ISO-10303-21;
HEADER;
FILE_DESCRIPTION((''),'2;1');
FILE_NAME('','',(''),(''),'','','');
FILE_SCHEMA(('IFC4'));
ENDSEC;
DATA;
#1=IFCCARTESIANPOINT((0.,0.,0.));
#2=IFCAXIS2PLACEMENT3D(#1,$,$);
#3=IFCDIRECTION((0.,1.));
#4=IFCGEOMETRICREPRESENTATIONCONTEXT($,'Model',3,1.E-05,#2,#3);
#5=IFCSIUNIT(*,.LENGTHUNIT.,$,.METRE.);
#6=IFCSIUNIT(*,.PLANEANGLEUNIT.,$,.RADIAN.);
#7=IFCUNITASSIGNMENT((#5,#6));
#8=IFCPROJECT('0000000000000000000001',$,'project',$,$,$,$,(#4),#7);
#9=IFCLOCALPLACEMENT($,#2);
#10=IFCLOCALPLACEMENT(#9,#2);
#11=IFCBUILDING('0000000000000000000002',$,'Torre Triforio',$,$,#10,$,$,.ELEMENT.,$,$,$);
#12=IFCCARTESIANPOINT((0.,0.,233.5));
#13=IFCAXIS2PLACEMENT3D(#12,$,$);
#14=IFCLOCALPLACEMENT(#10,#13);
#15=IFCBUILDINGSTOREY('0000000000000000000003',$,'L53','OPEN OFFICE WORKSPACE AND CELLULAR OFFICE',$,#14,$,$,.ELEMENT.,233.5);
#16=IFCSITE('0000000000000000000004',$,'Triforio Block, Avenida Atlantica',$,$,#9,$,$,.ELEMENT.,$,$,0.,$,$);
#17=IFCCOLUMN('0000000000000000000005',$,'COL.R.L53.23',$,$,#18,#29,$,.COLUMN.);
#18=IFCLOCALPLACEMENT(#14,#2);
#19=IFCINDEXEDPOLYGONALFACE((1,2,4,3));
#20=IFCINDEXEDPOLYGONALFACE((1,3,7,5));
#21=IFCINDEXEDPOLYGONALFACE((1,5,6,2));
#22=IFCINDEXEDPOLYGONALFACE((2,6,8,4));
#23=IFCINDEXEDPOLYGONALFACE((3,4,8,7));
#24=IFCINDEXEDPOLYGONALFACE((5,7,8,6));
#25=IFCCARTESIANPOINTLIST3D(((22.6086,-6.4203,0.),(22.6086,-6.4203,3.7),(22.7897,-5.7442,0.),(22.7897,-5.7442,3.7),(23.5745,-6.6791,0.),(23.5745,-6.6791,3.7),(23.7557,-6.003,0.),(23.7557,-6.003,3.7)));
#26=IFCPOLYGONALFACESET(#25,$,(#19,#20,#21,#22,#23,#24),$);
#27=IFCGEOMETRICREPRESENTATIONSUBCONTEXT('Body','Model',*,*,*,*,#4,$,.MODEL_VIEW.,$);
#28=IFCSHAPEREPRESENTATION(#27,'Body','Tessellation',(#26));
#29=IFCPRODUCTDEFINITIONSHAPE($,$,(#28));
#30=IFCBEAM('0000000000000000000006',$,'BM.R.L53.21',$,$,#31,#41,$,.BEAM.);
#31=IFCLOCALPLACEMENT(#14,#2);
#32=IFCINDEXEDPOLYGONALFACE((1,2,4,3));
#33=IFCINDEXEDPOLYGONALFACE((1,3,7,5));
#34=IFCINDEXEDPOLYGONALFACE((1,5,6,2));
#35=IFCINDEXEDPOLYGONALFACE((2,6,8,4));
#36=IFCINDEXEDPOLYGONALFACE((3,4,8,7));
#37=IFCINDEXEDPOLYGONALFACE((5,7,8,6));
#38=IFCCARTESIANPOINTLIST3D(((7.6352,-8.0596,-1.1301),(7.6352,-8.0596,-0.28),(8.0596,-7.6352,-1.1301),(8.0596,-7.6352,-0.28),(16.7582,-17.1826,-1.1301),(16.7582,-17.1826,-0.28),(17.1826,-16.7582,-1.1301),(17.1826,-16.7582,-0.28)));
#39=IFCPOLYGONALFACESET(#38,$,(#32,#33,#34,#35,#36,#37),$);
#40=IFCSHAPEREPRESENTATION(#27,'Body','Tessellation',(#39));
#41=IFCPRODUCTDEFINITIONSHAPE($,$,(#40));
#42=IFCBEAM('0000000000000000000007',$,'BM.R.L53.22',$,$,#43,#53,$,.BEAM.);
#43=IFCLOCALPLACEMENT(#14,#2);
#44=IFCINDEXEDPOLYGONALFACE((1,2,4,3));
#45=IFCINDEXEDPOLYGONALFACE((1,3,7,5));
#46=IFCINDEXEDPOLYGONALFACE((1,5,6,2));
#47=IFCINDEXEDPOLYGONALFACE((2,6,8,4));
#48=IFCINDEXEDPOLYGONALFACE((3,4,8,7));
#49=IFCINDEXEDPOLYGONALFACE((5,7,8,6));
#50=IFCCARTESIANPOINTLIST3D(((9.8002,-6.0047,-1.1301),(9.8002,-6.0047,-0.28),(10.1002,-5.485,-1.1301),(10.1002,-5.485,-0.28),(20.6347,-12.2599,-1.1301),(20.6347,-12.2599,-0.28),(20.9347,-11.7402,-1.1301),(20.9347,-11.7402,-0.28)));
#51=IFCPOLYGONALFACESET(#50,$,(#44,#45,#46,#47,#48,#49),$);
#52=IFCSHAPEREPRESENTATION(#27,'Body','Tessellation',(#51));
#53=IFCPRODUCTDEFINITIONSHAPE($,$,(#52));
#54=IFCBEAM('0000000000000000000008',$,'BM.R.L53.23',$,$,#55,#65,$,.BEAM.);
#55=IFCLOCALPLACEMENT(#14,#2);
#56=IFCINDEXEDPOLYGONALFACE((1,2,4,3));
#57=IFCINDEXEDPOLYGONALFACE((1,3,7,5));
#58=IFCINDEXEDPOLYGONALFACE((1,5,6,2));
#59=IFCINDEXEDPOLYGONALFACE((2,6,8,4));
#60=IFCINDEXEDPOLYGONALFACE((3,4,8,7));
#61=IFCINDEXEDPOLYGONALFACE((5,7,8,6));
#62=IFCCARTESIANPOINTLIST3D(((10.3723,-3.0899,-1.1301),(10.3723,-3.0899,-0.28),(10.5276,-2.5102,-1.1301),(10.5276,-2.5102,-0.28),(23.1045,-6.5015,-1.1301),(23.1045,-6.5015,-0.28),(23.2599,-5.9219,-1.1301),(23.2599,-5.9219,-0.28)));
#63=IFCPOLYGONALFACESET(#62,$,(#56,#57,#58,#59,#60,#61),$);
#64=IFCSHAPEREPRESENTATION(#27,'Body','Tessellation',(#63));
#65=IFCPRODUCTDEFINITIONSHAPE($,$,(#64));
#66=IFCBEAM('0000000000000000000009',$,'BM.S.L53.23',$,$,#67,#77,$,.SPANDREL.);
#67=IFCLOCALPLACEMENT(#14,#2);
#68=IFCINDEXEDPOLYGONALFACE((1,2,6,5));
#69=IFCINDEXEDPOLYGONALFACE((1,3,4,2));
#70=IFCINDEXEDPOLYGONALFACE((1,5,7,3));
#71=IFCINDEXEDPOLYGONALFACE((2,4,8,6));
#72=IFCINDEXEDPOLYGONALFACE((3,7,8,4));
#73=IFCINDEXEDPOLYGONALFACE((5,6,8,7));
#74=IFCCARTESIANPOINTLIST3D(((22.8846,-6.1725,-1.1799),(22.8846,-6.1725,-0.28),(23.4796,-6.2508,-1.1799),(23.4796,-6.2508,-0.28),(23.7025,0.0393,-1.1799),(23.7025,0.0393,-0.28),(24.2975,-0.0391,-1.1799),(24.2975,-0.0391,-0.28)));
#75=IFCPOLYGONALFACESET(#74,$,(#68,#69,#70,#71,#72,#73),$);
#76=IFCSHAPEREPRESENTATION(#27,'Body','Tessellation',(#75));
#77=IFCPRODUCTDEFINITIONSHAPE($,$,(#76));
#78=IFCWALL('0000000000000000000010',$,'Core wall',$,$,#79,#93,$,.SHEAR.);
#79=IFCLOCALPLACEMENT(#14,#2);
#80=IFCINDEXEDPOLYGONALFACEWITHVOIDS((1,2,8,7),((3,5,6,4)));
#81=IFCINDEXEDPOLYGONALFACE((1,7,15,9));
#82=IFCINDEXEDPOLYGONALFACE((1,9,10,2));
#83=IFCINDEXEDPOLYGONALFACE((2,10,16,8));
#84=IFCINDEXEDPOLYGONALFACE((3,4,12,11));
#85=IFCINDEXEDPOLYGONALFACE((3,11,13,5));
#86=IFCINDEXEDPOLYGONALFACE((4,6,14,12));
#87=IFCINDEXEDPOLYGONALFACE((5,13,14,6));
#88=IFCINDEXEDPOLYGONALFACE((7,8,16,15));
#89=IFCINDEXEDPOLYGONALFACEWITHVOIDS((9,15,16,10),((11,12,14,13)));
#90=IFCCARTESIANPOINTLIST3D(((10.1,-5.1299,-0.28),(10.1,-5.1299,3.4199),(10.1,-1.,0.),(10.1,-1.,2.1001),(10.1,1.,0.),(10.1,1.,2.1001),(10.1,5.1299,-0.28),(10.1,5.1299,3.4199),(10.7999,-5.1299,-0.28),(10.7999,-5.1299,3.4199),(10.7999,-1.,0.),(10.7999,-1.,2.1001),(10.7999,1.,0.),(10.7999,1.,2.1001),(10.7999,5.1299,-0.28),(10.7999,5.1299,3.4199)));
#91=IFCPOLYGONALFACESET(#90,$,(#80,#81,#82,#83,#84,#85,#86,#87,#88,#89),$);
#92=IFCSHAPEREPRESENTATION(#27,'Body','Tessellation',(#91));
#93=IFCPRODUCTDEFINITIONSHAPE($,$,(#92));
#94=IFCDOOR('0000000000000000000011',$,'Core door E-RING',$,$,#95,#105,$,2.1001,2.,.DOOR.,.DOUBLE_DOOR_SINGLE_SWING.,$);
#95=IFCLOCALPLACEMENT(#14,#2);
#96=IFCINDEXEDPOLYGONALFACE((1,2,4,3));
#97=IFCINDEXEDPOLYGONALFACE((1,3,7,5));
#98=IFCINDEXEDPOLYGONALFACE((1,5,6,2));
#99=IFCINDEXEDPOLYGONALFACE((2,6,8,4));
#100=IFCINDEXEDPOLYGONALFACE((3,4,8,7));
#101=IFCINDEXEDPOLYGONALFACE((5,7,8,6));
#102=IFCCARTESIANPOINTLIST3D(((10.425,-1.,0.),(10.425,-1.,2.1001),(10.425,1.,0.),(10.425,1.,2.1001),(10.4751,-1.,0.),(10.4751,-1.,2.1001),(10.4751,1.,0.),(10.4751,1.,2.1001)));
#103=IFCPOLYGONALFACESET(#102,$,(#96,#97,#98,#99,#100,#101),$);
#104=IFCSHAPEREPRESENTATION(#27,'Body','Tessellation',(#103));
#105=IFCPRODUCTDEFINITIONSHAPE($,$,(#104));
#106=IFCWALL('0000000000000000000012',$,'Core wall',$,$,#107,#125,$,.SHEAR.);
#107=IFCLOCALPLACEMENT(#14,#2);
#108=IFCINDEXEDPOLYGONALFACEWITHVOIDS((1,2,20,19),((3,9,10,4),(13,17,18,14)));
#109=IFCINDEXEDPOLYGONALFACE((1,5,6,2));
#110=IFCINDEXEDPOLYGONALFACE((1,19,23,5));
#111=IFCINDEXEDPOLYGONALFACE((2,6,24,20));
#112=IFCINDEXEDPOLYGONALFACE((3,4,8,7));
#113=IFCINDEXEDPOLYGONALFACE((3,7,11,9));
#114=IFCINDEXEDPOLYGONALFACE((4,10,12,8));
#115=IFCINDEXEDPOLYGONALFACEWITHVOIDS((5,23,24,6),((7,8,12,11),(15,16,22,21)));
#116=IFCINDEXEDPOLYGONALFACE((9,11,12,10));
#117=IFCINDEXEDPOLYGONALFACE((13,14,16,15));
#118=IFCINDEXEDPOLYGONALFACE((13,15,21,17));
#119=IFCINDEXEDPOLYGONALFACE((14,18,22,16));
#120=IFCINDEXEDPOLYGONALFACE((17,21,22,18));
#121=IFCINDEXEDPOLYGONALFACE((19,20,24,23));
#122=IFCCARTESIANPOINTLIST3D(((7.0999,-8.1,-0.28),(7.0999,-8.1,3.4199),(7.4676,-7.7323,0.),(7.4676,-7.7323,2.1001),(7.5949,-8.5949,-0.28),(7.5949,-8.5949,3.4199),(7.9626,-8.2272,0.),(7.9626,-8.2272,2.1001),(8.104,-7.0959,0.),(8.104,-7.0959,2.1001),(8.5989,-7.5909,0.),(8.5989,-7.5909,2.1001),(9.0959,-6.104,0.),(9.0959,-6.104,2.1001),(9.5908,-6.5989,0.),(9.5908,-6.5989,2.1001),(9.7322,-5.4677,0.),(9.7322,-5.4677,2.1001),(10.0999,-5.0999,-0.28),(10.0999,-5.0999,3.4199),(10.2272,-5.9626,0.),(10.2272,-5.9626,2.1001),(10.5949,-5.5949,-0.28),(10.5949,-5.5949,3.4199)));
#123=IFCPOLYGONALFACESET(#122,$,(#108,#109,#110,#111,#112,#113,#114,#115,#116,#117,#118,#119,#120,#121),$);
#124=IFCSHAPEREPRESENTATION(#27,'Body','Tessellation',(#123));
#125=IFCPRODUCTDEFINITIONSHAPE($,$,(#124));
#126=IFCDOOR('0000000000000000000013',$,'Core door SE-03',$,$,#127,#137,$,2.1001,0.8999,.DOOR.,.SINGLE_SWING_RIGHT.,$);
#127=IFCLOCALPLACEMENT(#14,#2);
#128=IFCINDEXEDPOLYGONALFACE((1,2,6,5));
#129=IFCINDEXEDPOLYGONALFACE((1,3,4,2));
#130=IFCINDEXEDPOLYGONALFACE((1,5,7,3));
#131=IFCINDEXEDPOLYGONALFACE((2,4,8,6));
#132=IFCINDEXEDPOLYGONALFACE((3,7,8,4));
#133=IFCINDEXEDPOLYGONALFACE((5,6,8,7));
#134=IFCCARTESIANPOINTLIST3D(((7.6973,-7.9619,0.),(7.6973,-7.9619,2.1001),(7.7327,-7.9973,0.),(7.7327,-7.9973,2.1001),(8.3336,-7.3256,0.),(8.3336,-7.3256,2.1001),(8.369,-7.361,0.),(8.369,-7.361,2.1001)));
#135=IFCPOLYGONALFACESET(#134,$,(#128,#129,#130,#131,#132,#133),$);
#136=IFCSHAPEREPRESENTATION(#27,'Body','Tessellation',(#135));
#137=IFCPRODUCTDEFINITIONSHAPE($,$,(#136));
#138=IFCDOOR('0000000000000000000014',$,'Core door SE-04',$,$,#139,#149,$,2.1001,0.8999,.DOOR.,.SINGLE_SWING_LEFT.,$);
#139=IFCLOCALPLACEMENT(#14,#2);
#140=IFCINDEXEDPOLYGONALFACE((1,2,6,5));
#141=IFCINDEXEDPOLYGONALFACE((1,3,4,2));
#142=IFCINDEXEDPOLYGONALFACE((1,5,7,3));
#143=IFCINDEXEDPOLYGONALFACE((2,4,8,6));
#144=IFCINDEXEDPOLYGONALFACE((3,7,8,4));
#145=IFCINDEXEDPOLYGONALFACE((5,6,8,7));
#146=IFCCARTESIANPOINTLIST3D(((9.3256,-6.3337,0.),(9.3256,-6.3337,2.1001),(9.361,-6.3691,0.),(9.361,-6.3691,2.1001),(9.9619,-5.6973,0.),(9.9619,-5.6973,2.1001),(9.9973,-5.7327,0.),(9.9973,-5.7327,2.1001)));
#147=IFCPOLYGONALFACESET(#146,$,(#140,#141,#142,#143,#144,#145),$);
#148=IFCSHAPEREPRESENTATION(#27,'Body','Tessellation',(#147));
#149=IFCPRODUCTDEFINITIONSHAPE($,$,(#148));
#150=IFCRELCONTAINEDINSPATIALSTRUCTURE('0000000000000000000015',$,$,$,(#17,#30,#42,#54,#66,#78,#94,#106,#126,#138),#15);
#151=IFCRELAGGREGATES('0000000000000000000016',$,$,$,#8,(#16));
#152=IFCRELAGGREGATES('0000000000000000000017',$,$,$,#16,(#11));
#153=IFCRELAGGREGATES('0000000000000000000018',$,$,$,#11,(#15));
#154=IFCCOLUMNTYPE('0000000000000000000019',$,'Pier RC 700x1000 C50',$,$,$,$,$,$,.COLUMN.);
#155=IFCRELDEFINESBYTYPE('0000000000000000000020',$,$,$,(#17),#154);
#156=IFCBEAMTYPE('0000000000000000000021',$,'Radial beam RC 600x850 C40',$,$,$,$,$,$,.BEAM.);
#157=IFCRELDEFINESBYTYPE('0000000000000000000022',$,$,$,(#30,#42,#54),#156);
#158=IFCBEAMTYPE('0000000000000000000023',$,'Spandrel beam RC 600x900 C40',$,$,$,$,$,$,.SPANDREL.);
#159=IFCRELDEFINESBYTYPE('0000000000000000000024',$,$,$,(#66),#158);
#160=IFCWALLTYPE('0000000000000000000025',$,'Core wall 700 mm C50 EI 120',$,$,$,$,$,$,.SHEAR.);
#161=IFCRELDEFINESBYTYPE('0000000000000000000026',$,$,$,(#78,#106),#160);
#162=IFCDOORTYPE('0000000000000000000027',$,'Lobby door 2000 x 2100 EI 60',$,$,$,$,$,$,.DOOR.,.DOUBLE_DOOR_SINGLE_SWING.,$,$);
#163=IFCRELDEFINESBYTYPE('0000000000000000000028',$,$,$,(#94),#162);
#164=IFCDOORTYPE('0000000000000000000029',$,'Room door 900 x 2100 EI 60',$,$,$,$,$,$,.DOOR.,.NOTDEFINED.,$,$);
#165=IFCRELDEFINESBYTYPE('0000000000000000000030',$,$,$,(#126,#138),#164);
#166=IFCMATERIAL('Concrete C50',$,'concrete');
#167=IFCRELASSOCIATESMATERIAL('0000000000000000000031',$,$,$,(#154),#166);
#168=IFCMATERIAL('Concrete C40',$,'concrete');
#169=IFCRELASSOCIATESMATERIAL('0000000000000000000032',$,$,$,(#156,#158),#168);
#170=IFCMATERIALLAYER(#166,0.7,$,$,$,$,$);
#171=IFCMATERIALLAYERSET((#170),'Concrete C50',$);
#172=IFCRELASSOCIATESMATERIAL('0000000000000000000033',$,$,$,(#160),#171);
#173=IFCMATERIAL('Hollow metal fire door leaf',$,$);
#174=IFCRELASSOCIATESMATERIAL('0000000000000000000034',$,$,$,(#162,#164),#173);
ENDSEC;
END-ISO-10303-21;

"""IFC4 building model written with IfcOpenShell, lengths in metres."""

from ifc_helpers import new_model, si_unit, direction, frame, frame_2d, origin, origin_2d, place, context, subcontext, project, spatial, rectangle, extrude, material, layer, layer_set, material_profile, profile_set, type_object, element, fill, save


model = new_model("IFC4")

# Units and contexts
model_context = context("Model", 3, precision=1e-05, world=origin(), true_north=direction((0.0, 1.0)))
body_context = subcontext(model_context, "Body", "Model", "MODEL_VIEW")
ifc_project = project(units=[si_unit("LENGTHUNIT", "METRE"), si_unit("PLANEANGLEUNIT", "RADIAN")], contexts=[model_context])

# Site, building, storey
site_placement = place(None, origin())
site = spatial("IfcSite", under=ifc_project, at=site_placement, Name="Triforio Block, Avenida Atlantica", CompositionType="ELEMENT", RefElevation=0.0)
building_placement = place(site_placement, origin())
building = spatial("IfcBuilding", under=site, at=building_placement, Name="Torre Triforio", CompositionType="ELEMENT")
storey_placement = place(building_placement, frame((0.0, 0.0, 233.5)))
storey = spatial("IfcBuildingStorey", under=building, at=storey_placement, Name="L53", Description="OPEN OFFICE WORKSPACE AND CELLULAR OFFICE", CompositionType="ELEMENT", Elevation=233.5)

# Column
ifc_material_1 = material(Name="Concrete C50", Category="concrete")
ifc_material_profile_1 = material_profile(ifc_material_1, rectangle(XDim=0.7, YDim=1.0, at=origin_2d()), Name="RC 700x1000")
ifc_profile_set_1 = profile_set([ifc_material_profile_1], Name="Concrete C50")
column_type = type_object("IfcColumnType", Name="Pier RC 700x1000 C50", PredefinedType="COLUMN", material=ifc_profile_set_1)
column_placement = place(storey_placement, frame((23.1821, -6.2117, 0.0), z_axis=(0.0, 0.0, 1.0), x_axis=(0.258819, 0.965926, 0.0)))
element("IfcColumn", 1, at=column_placement, inside=storey, type_object=column_type, Name="COL.R.L53.23", PredefinedType="COLUMN", context=body_context, shape_type="SweptSolid", body=[
    extrude(rectangle(XDim=0.7, YDim=1.0, at=origin_2d()), origin(), (0.0, 0.0, 1.0), 3.7),
])

# Beams
ifc_material_2 = material(Name="Concrete C40", Category="concrete")
ifc_material_profile_2 = material_profile(ifc_material_2, rectangle(XDim=0.6001, YDim=0.8501, at=origin_2d()), Name="RC 600x850")
ifc_profile_set_2 = profile_set([ifc_material_profile_2], Name="Concrete C40")
beam_type_1 = type_object("IfcBeamType", Name="Radial beam RC 600x850 C40", PredefinedType="BEAM", material=ifc_profile_set_2)
beam_1_placement = place(storey_placement, frame((7.8474, -7.8474, -0.7051), z_axis=(0.707107, -0.707107, 0.0), x_axis=(0.707107, 0.707107, 0.0)))
element("IfcBeam", 2, at=beam_1_placement, inside=storey, type_object=beam_type_1, Name="BM.R.L53.21", PredefinedType="BEAM", context=body_context, shape_type="SweptSolid", body=[
    extrude(rectangle(XDim=0.6001, YDim=0.8501, at=origin_2d()), origin(), (0.0, 0.0, 1.0), 12.9019),
])
beam_2_placement = place(storey_placement, frame((9.9502, -5.7449, -0.7051), z_axis=(0.866031, -0.49999, 0.0), x_axis=(0.49999, 0.866031, 0.0)))
element("IfcBeam", 3, at=beam_2_placement, inside=storey, type_object=beam_type_1, Name="BM.R.L53.22", PredefinedType="BEAM", context=body_context, shape_type="SweptSolid", body=[
    extrude(rectangle(XDim=0.6001, YDim=0.8501, at=origin_2d()), origin(), (0.0, 0.0, 1.0), 12.5105),
])
beam_3_placement = place(storey_placement, frame((10.45, -2.8, -0.7051), z_axis=(0.965925, -0.258822, 0.0), x_axis=(0.258822, 0.965925, 0.0)))
element("IfcBeam", 4, at=beam_3_placement, inside=storey, type_object=beam_type_1, Name="BM.R.L53.23", PredefinedType="BEAM", context=body_context, shape_type="SweptSolid", body=[
    extrude(rectangle(XDim=0.6001, YDim=0.8501, at=origin_2d()), origin(), (0.0, 0.0, 1.0), 13.1814),
])
ifc_material_profile_3 = material_profile(ifc_material_2, rectangle(XDim=0.6001, YDim=0.8999, at=origin_2d()), Name="RC 600x900")
ifc_profile_set_3 = profile_set([ifc_material_profile_3], Name="Concrete C40")
beam_type_2 = type_object("IfcBeamType", Name="Spandrel beam RC 600x900 C40", PredefinedType="SPANDREL", material=ifc_profile_set_3)
beam_4_placement = place(storey_placement, frame((23.1821, -6.2117, -0.73), z_axis=(0.13054, 0.991443, 0.0), x_axis=(-0.991443, 0.13054, 0.0)))
element("IfcBeam", 5, at=beam_4_placement, inside=storey, type_object=beam_type_2, Name="BM.S.L53.23", PredefinedType="SPANDREL", context=body_context, shape_type="SweptSolid", body=[
    extrude(rectangle(XDim=0.6001, YDim=0.8999, at=origin_2d()), origin(), (0.0, 0.0, 1.0), 6.2654),
])

# Wall, opening, door
ifc_layer_1 = layer(ifc_material_1, 0.7)
ifc_layer_set_1 = layer_set([ifc_layer_1], Name="Concrete C50")
wall_type_1 = type_object("IfcWallType", Name="Core wall 700 mm C50 EI 120", PredefinedType="SHEAR", material=ifc_layer_set_1)
wall_1_placement = place(storey_placement, frame((10.45, -5.1299, -0.28), z_axis=(0.0, 0.0, 1.0), x_axis=(0.0, 1.0, 0.0)))
wall_1 = element("IfcWall", 6, at=wall_1_placement, inside=storey, type_object=wall_type_1, Name="Core wall", PredefinedType="SHEAR", context=body_context, shape_type="SweptSolid", body=[
    extrude(rectangle(XDim=10.2598, YDim=0.7, at=frame_2d((5.1299, 0.0))), origin(), (0.0, 0.0, 1.0), 3.7),
])
opening_1_placement = place(wall_1_placement, frame((4.1299, 0.0, 0.28)))
opening_1 = element("IfcOpeningElement", 7, at=opening_1_placement, cuts=wall_1, PredefinedType="OPENING", context=body_context, shape_type="SweptSolid", body=[
    extrude(rectangle(XDim=2.0, YDim=2.1001, at=frame_2d((1.0, 1.05))), frame((0.0, 0.3599, 0.0), z_axis=(0.0, -1.0, 0.0), x_axis=(1.0, 0.0, 0.0)), (0.0, 0.0, 1.0), 0.72),
])
ifc_material_3 = material(Name="Hollow metal fire door leaf")
door_type_1 = type_object("IfcDoorType", Name="Lobby door 2000 x 2100 EI 60", OperationType="DOUBLE_DOOR_SINGLE_SWING", PredefinedType="DOOR", material=ifc_material_3)
door_1_placement = place(opening_1_placement, origin())
door_1 = element("IfcDoor", 8, at=door_1_placement, inside=storey, type_object=door_type_1, Name="Core door E-RING", OperationType="DOUBLE_DOOR_SINGLE_SWING", OverallHeight=2.1001, OverallWidth=2.0, PredefinedType="DOOR", context=body_context, shape_type="SweptSolid", body=[
    extrude(rectangle(XDim=2.0, YDim=2.1001, at=frame_2d((1.0, 1.05))), frame((0.0, 0.0249, 0.0), z_axis=(0.0, -1.0, 0.0), x_axis=(1.0, 0.0, 0.0)), (0.0, 0.0, 1.0), 0.05),
])
fill(opening_1, door_1)

# Wall, openings, doors
wall_2_placement = place(storey_placement, frame((10.3474, -5.3474, -0.28), z_axis=(0.0, 0.0, 1.0), x_axis=(-0.707107, -0.707107, 0.0)))
wall_2 = element("IfcWall", 9, at=wall_2_placement, inside=storey, type_object=wall_type_1, Name="Core wall", PredefinedType="SHEAR", context=body_context, shape_type="SweptSolid", body=[
    extrude(rectangle(XDim=4.2427, YDim=0.7, at=frame_2d((2.1213, 0.0))), origin(), (0.0, 0.0, 1.0), 3.7),
])
opening_2_placement = place(wall_2_placement, frame((2.8228, 0.0, 0.28)))
opening_2 = element("IfcOpeningElement", 10, at=opening_2_placement, cuts=wall_2, PredefinedType="OPENING", context=body_context, shape_type="SweptSolid", body=[
    extrude(rectangle(XDim=0.8999, YDim=2.1001, at=frame_2d((0.45, 1.05))), frame((0.0, 0.3599, 0.0), z_axis=(0.0, -1.0, 0.0), x_axis=(1.0, 0.0, 0.0)), (0.0, 0.0, 1.0), 0.72),
])
opening_3_placement = place(wall_2_placement, frame((0.52, 0.0, 0.28)))
opening_3 = element("IfcOpeningElement", 11, at=opening_3_placement, cuts=wall_2, PredefinedType="OPENING", context=body_context, shape_type="SweptSolid", body=[
    extrude(rectangle(XDim=0.8999, YDim=2.1001, at=frame_2d((0.45, 1.05))), frame((0.0, 0.3599, 0.0), z_axis=(0.0, -1.0, 0.0), x_axis=(1.0, 0.0, 0.0)), (0.0, 0.0, 1.0), 0.72),
])
door_type_2 = type_object("IfcDoorType", Name="Room door 900 x 2100 EI 60", OperationType="NOTDEFINED", PredefinedType="DOOR", material=ifc_material_3)
door_2_placement = place(opening_2_placement, origin())
door_2 = element("IfcDoor", 12, at=door_2_placement, inside=storey, type_object=door_type_2, Name="Core door SE-03", OperationType="SINGLE_SWING_RIGHT", OverallHeight=2.1001, OverallWidth=0.8999, PredefinedType="DOOR", context=body_context, shape_type="SweptSolid", body=[
    extrude(rectangle(XDim=0.8999, YDim=2.1001, at=frame_2d((0.45, 1.05))), frame((0.0, 0.0249, 0.0), z_axis=(0.0, -1.0, 0.0), x_axis=(1.0, 0.0, 0.0)), (0.0, 0.0, 1.0), 0.05),
])
fill(opening_2, door_2)
door_3_placement = place(opening_3_placement, origin())
door_3 = element("IfcDoor", 13, at=door_3_placement, inside=storey, type_object=door_type_2, Name="Core door SE-04", OperationType="SINGLE_SWING_LEFT", OverallHeight=2.1001, OverallWidth=0.8999, PredefinedType="DOOR", context=body_context, shape_type="SweptSolid", body=[
    extrude(rectangle(XDim=0.8999, YDim=2.1001, at=frame_2d((0.45, 1.05))), frame((0.0, 0.0249, 0.0), z_axis=(0.0, -1.0, 0.0), x_axis=(1.0, 0.0, 0.0)), (0.0, 0.0, 1.0), 0.05),
])
fill(opening_3, door_3)

save(model, "model.ifc")
